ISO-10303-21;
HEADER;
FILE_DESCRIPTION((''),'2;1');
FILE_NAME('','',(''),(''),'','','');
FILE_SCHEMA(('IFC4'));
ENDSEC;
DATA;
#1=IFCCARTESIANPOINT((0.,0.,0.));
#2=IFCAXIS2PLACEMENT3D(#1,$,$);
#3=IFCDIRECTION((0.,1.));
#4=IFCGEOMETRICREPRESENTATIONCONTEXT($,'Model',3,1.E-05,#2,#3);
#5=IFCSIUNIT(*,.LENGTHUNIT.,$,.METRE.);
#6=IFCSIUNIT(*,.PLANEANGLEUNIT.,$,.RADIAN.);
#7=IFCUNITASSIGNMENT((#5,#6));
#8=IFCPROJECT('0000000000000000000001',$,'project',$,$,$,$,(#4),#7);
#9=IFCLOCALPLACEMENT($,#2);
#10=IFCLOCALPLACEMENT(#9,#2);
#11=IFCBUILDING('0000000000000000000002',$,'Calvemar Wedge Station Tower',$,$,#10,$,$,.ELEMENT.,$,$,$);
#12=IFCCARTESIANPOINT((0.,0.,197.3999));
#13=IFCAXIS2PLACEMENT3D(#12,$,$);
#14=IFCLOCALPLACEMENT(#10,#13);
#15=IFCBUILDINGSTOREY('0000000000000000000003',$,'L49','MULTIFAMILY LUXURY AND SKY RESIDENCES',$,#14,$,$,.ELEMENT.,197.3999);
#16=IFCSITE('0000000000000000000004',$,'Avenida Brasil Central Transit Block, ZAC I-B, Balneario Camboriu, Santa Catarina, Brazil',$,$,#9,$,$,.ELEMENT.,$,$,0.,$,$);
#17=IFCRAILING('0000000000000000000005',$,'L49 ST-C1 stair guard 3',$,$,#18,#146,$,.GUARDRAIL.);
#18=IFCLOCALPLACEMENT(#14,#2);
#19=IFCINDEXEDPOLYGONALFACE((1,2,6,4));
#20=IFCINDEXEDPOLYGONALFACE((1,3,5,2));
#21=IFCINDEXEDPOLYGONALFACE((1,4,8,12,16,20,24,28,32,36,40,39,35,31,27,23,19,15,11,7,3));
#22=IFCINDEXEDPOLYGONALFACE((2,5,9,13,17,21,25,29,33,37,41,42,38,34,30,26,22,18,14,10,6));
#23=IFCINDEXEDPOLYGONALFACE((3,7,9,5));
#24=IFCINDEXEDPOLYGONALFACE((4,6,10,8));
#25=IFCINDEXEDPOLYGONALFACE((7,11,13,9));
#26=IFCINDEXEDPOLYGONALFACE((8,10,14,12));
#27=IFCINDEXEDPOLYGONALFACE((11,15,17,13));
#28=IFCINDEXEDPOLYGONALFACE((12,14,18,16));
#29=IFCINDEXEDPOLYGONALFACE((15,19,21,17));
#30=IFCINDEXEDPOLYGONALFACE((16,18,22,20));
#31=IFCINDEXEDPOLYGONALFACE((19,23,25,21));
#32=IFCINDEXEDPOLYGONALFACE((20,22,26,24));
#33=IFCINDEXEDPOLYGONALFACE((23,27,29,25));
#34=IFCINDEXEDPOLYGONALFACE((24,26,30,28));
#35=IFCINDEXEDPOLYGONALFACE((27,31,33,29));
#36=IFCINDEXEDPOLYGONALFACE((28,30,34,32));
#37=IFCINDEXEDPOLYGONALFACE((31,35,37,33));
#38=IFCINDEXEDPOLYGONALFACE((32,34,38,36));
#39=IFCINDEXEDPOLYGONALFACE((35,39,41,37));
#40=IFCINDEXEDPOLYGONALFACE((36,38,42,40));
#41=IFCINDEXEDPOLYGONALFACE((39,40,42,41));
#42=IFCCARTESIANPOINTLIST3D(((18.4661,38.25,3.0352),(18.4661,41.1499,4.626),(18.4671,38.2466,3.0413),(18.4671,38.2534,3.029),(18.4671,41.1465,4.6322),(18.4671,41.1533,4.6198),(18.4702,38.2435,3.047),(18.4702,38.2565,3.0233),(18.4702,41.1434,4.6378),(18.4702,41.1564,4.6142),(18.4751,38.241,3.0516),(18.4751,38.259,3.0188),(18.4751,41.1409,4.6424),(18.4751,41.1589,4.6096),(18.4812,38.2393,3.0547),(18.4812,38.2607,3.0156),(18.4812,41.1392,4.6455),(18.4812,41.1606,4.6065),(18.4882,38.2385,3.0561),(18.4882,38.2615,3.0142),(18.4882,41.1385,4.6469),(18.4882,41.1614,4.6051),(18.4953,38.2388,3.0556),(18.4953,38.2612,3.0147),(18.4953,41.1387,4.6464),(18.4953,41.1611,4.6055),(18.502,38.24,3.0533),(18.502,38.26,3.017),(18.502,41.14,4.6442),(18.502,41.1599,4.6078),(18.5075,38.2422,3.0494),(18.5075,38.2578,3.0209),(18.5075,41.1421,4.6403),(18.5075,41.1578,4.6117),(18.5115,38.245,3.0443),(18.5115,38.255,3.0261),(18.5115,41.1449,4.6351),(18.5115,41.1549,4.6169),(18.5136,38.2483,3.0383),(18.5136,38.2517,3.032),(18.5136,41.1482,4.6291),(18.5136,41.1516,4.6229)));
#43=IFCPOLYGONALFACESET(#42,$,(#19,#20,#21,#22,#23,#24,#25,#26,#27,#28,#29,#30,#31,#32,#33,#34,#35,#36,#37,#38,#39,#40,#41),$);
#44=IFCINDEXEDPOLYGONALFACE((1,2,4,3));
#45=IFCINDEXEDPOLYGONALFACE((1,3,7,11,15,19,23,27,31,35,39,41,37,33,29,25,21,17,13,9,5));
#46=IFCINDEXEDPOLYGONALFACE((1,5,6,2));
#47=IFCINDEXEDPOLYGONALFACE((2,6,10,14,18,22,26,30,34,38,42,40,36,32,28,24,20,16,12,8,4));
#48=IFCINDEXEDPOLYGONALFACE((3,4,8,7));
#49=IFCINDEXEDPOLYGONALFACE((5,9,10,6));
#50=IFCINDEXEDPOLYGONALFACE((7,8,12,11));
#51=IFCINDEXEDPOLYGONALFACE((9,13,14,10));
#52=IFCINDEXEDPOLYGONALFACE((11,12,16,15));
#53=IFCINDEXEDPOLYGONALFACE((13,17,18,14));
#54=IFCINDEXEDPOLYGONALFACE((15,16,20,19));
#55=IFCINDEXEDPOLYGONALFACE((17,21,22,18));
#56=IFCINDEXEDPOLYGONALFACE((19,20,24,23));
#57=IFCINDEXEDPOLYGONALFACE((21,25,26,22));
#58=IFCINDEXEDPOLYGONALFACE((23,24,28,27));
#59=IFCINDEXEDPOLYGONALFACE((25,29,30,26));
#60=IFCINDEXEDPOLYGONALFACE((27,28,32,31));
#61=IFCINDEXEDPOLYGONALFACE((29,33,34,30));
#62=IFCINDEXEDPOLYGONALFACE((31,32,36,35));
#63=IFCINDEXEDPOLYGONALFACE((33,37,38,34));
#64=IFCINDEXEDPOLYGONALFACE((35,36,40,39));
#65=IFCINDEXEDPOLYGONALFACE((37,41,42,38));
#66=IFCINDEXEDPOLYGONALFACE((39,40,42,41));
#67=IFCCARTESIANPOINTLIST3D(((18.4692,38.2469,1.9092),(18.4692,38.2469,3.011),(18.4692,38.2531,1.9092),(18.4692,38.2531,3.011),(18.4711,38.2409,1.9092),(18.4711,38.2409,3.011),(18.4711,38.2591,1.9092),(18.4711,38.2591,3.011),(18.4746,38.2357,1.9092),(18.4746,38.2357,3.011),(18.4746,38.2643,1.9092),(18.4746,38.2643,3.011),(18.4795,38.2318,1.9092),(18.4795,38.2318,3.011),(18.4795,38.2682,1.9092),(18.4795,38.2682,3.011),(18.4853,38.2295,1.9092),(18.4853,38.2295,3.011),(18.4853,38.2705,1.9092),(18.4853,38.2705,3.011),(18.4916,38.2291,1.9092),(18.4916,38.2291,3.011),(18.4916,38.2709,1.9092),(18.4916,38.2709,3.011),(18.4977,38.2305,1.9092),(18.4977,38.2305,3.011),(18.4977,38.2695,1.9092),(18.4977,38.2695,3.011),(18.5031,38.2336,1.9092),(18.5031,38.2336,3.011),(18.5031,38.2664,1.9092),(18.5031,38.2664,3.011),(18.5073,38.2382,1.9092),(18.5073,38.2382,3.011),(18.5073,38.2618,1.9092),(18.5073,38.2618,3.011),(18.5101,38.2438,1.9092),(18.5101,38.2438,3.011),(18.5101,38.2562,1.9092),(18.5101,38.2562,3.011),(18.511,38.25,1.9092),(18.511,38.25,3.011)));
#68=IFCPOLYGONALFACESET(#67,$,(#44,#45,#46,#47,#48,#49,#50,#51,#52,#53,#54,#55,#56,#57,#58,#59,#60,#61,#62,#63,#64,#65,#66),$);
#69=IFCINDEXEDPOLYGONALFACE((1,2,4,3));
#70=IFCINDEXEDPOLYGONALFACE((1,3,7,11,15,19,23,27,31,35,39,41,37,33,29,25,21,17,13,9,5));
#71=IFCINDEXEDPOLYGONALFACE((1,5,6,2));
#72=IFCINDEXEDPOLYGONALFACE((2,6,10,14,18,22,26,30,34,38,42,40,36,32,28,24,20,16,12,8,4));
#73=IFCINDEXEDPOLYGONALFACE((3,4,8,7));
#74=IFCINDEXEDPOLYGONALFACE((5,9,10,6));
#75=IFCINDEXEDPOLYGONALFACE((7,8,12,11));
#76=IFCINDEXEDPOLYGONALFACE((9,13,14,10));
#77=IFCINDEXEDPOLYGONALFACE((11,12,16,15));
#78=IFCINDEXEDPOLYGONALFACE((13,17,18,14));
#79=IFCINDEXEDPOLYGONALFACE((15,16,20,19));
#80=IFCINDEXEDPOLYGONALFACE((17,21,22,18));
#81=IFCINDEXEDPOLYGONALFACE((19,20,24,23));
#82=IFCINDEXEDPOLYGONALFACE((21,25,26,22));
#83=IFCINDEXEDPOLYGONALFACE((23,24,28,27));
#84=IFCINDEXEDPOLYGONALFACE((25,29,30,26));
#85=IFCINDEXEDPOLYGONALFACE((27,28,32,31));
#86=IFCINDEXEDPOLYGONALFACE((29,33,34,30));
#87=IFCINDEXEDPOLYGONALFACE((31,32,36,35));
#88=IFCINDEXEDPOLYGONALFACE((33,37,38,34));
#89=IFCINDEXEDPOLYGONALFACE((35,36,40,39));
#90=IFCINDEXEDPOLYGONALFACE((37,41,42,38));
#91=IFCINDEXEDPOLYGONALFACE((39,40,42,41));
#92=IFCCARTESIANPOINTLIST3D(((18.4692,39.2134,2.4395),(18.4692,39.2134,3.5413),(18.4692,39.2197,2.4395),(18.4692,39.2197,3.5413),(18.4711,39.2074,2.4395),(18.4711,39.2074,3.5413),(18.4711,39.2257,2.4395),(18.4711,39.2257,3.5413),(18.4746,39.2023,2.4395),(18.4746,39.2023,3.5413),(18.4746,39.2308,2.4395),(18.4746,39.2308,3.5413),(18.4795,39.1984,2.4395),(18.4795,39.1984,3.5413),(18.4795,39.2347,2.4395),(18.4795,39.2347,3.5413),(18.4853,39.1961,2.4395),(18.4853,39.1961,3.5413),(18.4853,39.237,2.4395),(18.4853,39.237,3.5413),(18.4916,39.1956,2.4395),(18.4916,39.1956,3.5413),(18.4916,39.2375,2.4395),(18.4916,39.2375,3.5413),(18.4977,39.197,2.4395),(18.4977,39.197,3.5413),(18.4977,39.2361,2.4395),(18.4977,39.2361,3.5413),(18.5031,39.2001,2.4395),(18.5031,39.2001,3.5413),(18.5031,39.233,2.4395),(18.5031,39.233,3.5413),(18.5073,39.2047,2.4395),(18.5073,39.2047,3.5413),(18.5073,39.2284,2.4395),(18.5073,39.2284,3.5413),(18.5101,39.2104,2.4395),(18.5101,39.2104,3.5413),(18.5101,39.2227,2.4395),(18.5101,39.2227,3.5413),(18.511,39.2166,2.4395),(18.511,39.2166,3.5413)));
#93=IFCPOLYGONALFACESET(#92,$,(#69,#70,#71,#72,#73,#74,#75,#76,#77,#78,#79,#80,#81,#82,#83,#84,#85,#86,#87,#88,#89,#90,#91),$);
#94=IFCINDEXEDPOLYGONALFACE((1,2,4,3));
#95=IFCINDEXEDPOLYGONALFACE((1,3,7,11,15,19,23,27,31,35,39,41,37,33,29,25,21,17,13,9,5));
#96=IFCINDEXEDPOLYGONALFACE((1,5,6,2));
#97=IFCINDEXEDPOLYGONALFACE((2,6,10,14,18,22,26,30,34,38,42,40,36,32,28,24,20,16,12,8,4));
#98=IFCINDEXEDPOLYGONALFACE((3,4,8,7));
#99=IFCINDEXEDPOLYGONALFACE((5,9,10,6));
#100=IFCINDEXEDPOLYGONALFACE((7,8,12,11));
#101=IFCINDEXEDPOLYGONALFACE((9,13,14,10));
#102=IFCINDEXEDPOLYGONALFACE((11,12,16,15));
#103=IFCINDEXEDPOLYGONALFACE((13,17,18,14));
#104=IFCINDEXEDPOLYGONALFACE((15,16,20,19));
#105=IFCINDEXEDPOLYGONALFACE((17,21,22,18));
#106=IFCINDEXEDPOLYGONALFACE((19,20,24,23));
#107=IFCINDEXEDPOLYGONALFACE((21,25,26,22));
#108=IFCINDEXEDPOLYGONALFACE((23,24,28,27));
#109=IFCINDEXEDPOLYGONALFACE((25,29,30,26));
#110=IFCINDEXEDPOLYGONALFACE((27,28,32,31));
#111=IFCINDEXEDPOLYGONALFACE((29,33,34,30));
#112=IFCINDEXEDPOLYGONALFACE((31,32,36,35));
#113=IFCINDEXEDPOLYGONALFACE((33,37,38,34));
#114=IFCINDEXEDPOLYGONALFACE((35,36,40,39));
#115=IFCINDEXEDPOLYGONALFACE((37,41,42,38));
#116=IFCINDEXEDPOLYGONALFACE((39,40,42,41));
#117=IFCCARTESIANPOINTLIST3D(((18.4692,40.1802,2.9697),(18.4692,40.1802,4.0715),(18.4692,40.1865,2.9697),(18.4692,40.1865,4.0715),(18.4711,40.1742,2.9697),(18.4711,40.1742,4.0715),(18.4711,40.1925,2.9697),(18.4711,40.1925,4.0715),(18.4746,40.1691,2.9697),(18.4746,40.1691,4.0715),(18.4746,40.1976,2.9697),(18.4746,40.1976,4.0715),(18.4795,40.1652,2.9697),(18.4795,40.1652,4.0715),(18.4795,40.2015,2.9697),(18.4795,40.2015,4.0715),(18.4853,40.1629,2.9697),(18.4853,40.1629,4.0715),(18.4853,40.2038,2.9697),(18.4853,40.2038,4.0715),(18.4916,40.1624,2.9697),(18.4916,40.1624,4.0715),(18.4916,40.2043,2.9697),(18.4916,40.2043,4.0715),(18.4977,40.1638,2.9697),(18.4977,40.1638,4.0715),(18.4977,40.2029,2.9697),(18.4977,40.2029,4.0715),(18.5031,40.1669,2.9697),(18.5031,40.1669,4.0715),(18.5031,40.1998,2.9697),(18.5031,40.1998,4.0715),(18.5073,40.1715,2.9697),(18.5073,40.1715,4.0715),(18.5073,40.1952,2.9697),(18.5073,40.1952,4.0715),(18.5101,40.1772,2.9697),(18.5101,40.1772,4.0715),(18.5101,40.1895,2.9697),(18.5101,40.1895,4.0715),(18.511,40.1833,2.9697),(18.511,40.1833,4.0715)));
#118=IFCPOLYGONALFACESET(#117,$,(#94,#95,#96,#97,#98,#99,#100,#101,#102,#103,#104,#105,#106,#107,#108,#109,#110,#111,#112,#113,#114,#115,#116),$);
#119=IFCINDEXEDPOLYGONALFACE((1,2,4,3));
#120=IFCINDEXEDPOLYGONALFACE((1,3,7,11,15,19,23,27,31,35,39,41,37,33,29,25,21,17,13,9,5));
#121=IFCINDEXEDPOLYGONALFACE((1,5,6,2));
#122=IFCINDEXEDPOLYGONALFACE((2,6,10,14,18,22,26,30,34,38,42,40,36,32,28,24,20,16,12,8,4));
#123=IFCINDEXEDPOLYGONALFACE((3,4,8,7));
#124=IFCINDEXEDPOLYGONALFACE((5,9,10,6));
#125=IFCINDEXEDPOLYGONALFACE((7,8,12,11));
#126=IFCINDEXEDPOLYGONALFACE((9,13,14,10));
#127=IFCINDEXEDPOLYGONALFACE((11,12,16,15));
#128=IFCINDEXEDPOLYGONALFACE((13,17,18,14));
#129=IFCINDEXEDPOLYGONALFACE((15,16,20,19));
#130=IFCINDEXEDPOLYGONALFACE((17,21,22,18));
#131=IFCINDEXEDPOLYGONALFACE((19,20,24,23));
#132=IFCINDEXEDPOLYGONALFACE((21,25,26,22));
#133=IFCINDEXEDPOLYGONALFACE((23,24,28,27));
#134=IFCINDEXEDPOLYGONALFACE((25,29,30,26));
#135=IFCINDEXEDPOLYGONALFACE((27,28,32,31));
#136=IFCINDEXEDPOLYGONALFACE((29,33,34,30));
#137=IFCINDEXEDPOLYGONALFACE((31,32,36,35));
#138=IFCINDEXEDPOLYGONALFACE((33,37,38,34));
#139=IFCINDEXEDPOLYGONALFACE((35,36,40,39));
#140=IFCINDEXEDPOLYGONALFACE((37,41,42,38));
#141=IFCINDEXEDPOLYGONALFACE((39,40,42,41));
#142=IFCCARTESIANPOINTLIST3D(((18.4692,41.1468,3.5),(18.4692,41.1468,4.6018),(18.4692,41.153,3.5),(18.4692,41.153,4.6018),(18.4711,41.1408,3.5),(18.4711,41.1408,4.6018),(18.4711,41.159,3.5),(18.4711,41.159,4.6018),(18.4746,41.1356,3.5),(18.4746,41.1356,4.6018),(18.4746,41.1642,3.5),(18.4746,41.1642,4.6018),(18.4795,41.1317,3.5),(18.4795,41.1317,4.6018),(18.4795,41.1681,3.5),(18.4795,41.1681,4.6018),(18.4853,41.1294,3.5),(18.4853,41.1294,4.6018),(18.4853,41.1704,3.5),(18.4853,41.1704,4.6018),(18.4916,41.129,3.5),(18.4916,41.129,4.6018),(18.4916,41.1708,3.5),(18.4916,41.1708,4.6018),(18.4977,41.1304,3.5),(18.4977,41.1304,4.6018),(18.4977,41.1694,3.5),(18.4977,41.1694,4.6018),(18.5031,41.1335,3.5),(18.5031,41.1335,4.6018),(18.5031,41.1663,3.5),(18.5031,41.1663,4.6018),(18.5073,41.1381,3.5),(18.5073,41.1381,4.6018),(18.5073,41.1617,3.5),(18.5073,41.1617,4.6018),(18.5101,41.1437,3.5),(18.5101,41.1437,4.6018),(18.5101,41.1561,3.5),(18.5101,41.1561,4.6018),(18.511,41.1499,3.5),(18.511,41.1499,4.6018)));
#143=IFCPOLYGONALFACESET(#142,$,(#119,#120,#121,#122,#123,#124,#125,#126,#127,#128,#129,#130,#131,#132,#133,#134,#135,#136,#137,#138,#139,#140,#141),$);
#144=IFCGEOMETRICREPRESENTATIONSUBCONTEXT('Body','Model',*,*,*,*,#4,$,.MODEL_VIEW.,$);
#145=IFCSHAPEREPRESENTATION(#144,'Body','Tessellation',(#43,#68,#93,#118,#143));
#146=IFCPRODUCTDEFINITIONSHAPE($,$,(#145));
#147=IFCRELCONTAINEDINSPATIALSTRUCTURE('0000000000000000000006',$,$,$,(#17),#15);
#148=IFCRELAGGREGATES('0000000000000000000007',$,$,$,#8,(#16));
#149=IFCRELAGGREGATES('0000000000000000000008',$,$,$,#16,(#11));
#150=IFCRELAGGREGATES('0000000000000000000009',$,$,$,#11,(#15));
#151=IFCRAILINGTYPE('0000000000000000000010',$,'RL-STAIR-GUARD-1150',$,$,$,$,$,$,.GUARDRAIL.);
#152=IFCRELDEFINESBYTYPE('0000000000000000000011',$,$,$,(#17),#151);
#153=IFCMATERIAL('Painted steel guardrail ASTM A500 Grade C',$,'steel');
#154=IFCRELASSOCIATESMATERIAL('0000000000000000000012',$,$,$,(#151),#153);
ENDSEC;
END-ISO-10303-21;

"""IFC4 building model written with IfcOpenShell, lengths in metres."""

from ifc_helpers import new_model, si_unit, direction, frame, origin, origin_2d, place, context, subcontext, project, spatial, circle, extrude, material, type_object, element, save


model = new_model("IFC4")

# Units and contexts
model_context = context("Model", 3, precision=1e-05, world=origin(), true_north=direction((0.0, 1.0)))
body_context = subcontext(model_context, "Body", "Model", "MODEL_VIEW")
ifc_project = project(units=[si_unit("LENGTHUNIT", "METRE"), si_unit("PLANEANGLEUNIT", "RADIAN")], contexts=[model_context])

# Site, building, storey
site_placement = place(None, origin())
site = spatial("IfcSite", under=ifc_project, at=site_placement, Name="Avenida Brasil Central Transit Block, ZAC I-B, Balneario Camboriu, Santa Catarina, Brazil", CompositionType="ELEMENT", RefElevation=0.0)
building_placement = place(site_placement, origin())
building = spatial("IfcBuilding", under=site, at=building_placement, Name="Calvemar Wedge Station Tower", CompositionType="ELEMENT")
storey_placement = place(building_placement, frame((0.0, 0.0, 197.3999)))
storey = spatial("IfcBuildingStorey", under=building, at=storey_placement, Name="L49", Description="MULTIFAMILY LUXURY AND SKY RESIDENCES", CompositionType="ELEMENT", Elevation=197.3999)

# Railing
ifc_material_1 = material(Name="Painted steel guardrail ASTM A500 Grade C", Category="steel")
railing_type = type_object("IfcRailingType", Name="RL-STAIR-GUARD-1150", PredefinedType="GUARDRAIL", material=ifc_material_1)
railing_1_placement = place(storey_placement, frame((18.49, 38.25, 1.9092)))
element("IfcRailing", 1, at=railing_1_placement, inside=storey, type_object=railing_type, Name="L49 ST-C1 stair guard 3", PredefinedType="GUARDRAIL", context=body_context, shape_type="SweptSolid", body=[
    extrude(circle(Radius=0.0239, at=origin_2d()), frame((0.0, 0.0, 1.126), z_axis=(0.0, 0.876742, 0.480961), x_axis=(-1.0, 0.0, 0.0)), (0.0, 0.0, 1.0), 3.3076),
    extrude(circle(Radius=0.021, at=origin_2d()), origin(), (0.0, 0.0, 1.0), 1.1018),
    extrude(circle(Radius=0.021, at=origin_2d()), frame((0.0, 0.9666, 0.5303)), (0.0, 0.0, 1.0), 1.1018),
    extrude(circle(Radius=0.021, at=origin_2d()), frame((0.0, 1.9333, 1.0605)), (0.0, 0.0, 1.0), 1.1018),
    extrude(circle(Radius=0.021, at=origin_2d()), frame((0.0, 2.8999, 1.5908)), (0.0, 0.0, 1.0), 1.1018),
])

save(model, "model.ifc")
